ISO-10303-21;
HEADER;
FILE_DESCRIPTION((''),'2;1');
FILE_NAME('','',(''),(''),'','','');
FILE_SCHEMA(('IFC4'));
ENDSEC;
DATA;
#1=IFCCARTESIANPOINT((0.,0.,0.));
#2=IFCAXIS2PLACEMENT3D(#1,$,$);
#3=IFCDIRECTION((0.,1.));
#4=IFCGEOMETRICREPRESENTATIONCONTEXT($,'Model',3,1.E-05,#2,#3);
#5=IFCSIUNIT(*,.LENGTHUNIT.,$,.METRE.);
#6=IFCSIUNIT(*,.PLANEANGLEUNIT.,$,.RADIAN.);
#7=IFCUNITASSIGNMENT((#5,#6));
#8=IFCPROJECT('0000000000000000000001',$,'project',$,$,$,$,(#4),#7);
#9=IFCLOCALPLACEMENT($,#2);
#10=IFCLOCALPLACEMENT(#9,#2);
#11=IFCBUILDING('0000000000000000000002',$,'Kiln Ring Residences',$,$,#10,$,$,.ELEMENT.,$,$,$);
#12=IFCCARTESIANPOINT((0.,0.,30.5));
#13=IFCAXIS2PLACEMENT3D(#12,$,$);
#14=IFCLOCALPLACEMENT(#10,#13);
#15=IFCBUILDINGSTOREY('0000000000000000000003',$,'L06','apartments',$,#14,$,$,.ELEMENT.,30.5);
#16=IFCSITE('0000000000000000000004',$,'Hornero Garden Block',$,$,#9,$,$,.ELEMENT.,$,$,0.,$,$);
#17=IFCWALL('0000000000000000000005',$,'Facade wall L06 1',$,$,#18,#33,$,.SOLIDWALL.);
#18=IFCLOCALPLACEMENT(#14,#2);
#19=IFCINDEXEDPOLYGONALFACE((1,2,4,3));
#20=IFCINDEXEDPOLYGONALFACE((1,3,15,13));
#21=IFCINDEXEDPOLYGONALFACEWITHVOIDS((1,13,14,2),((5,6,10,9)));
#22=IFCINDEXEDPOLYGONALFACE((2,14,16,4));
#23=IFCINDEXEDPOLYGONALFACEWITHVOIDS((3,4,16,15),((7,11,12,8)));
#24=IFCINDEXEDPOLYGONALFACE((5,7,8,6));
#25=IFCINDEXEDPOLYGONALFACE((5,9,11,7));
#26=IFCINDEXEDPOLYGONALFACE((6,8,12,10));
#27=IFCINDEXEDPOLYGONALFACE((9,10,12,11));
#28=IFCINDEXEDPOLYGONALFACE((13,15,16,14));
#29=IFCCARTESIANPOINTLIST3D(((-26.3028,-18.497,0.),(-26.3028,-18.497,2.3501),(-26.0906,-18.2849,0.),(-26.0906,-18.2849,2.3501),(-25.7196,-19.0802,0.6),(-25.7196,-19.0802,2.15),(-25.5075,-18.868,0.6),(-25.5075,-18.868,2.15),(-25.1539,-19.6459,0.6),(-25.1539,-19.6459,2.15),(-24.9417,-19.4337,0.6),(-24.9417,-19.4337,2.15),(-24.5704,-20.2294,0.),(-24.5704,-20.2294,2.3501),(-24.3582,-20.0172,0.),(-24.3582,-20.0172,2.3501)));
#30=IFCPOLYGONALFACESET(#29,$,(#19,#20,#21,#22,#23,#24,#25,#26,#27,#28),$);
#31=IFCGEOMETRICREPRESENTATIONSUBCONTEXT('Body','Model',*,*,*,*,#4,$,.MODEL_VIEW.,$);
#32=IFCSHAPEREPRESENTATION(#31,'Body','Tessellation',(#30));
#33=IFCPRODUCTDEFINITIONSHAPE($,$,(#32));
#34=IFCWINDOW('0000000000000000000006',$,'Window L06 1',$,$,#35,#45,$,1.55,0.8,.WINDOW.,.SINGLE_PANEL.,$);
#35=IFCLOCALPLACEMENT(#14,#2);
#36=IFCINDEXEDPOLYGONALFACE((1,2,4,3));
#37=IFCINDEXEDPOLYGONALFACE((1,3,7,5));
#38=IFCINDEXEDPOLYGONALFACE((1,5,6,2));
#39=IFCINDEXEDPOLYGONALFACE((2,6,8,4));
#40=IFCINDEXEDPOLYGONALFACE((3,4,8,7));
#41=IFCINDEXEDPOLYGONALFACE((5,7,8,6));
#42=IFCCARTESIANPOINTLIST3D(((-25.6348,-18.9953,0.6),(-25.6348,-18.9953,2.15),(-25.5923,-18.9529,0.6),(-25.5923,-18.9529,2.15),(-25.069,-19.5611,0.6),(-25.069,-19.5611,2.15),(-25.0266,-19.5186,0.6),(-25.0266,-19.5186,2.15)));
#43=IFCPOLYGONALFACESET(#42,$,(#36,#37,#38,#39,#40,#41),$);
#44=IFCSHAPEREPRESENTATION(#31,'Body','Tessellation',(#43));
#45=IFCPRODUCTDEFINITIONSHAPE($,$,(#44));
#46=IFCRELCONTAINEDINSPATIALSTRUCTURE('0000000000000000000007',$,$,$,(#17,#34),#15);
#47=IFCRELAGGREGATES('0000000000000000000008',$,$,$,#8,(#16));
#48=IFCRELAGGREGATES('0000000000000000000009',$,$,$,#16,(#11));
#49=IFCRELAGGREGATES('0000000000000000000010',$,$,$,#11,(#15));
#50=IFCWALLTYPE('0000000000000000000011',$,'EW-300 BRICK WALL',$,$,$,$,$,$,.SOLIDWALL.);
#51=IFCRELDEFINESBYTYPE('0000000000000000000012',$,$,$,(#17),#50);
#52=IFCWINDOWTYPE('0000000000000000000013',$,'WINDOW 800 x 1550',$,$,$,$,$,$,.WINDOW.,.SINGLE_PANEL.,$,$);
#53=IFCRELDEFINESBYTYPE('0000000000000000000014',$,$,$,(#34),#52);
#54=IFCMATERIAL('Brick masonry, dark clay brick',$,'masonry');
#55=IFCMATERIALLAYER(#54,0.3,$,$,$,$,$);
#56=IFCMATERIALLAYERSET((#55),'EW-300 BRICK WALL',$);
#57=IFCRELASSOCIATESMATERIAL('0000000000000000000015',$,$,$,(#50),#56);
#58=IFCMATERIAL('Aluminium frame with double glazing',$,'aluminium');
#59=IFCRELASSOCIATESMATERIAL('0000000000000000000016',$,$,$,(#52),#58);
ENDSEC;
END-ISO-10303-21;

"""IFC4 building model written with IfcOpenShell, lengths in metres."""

from ifc_helpers import new_model, si_unit, direction, frame, frame_2d, origin, place, context, subcontext, project, spatial, rectangle, extrude, material, layer, layer_set, type_object, element, fill, save


model = new_model("IFC4")

# Units and contexts
model_context = context("Model", 3, precision=1e-05, world=origin(), true_north=direction((0.0, 1.0)))
body_context = subcontext(model_context, "Body", "Model", "MODEL_VIEW")
ifc_project = project(units=[si_unit("LENGTHUNIT", "METRE"), si_unit("PLANEANGLEUNIT", "RADIAN")], contexts=[model_context])

# Site, building, storey
site_placement = place(None, origin())
site = spatial("IfcSite", under=ifc_project, at=site_placement, Name="Hornero Garden Block", CompositionType="ELEMENT", RefElevation=0.0)
building_placement = place(site_placement, origin())
building = spatial("IfcBuilding", under=site, at=building_placement, Name="Kiln Ring Residences", CompositionType="ELEMENT")
storey_placement = place(building_placement, frame((0.0, 0.0, 30.5)))
storey = spatial("IfcBuildingStorey", under=building, at=storey_placement, Name="L06", Description="apartments", CompositionType="ELEMENT", Elevation=30.5)

# Wall, opening, window
ifc_material_1 = material(Name="Brick masonry, dark clay brick", Category="masonry")
ifc_layer_1 = layer(ifc_material_1, 0.3)
ifc_layer_set_1 = layer_set([ifc_layer_1], Name="EW-300 BRICK WALL")
wall_type_1 = type_object("IfcWallType", Name="EW-300 BRICK WALL", PredefinedType="SOLIDWALL", material=ifc_layer_set_1)
wall_1_placement = place(storey_placement, frame((-26.1968, -18.3909, 0.0), z_axis=(0.0, 0.0, 1.0), x_axis=(0.707107, -0.707107, 0.0)))
wall_1 = element("IfcWall", 1, at=wall_1_placement, inside=storey, type_object=wall_type_1, Name="Facade wall L06 1", PredefinedType="SOLIDWALL", context=body_context, shape_type="SweptSolid", body=[
    extrude(rectangle(XDim=2.45, YDim=0.3, at=frame_2d((1.2251, 0.0))), origin(), (0.0, 0.0, 1.0), 2.3501),
])
opening_1_placement = place(wall_1_placement, frame((0.825, 0.0, 0.6001)))
opening_1 = element("IfcOpeningElement", 2, at=opening_1_placement, cuts=wall_1, PredefinedType="OPENING", context=body_context, shape_type="SweptSolid", body=[
    extrude(rectangle(XDim=0.8, YDim=1.55, at=frame_2d((0.3999, 0.7749))), frame((0.0, 0.1599, 0.0), z_axis=(0.0, -1.0, 0.0), x_axis=(1.0, 0.0, 0.0)), (0.0, 0.0, 1.0), 0.3201),
])
ifc_material_2 = material(Name="Aluminium frame with double glazing", Category="aluminium")
window_type = type_object("IfcWindowType", Name="WINDOW 800 x 1550", PartitioningType="SINGLE_PANEL", PredefinedType="WINDOW", material=ifc_material_2)
window_placement = place(opening_1_placement, origin())
window = element("IfcWindow", 3, at=window_placement, inside=storey, type_object=window_type, Name="Window L06 1", OverallHeight=1.55, OverallWidth=0.8, PartitioningType="SINGLE_PANEL", PredefinedType="WINDOW", context=body_context, shape_type="SweptSolid", body=[
    extrude(rectangle(XDim=0.8, YDim=1.55, at=frame_2d((0.3999, 0.7749))), frame((0.0, 0.03, 0.0), z_axis=(0.0, -1.0, 0.0), x_axis=(1.0, 0.0, 0.0)), (0.0, 0.0, 1.0), 0.0601),
])
fill(opening_1, window)

save(model, "model.ifc")
